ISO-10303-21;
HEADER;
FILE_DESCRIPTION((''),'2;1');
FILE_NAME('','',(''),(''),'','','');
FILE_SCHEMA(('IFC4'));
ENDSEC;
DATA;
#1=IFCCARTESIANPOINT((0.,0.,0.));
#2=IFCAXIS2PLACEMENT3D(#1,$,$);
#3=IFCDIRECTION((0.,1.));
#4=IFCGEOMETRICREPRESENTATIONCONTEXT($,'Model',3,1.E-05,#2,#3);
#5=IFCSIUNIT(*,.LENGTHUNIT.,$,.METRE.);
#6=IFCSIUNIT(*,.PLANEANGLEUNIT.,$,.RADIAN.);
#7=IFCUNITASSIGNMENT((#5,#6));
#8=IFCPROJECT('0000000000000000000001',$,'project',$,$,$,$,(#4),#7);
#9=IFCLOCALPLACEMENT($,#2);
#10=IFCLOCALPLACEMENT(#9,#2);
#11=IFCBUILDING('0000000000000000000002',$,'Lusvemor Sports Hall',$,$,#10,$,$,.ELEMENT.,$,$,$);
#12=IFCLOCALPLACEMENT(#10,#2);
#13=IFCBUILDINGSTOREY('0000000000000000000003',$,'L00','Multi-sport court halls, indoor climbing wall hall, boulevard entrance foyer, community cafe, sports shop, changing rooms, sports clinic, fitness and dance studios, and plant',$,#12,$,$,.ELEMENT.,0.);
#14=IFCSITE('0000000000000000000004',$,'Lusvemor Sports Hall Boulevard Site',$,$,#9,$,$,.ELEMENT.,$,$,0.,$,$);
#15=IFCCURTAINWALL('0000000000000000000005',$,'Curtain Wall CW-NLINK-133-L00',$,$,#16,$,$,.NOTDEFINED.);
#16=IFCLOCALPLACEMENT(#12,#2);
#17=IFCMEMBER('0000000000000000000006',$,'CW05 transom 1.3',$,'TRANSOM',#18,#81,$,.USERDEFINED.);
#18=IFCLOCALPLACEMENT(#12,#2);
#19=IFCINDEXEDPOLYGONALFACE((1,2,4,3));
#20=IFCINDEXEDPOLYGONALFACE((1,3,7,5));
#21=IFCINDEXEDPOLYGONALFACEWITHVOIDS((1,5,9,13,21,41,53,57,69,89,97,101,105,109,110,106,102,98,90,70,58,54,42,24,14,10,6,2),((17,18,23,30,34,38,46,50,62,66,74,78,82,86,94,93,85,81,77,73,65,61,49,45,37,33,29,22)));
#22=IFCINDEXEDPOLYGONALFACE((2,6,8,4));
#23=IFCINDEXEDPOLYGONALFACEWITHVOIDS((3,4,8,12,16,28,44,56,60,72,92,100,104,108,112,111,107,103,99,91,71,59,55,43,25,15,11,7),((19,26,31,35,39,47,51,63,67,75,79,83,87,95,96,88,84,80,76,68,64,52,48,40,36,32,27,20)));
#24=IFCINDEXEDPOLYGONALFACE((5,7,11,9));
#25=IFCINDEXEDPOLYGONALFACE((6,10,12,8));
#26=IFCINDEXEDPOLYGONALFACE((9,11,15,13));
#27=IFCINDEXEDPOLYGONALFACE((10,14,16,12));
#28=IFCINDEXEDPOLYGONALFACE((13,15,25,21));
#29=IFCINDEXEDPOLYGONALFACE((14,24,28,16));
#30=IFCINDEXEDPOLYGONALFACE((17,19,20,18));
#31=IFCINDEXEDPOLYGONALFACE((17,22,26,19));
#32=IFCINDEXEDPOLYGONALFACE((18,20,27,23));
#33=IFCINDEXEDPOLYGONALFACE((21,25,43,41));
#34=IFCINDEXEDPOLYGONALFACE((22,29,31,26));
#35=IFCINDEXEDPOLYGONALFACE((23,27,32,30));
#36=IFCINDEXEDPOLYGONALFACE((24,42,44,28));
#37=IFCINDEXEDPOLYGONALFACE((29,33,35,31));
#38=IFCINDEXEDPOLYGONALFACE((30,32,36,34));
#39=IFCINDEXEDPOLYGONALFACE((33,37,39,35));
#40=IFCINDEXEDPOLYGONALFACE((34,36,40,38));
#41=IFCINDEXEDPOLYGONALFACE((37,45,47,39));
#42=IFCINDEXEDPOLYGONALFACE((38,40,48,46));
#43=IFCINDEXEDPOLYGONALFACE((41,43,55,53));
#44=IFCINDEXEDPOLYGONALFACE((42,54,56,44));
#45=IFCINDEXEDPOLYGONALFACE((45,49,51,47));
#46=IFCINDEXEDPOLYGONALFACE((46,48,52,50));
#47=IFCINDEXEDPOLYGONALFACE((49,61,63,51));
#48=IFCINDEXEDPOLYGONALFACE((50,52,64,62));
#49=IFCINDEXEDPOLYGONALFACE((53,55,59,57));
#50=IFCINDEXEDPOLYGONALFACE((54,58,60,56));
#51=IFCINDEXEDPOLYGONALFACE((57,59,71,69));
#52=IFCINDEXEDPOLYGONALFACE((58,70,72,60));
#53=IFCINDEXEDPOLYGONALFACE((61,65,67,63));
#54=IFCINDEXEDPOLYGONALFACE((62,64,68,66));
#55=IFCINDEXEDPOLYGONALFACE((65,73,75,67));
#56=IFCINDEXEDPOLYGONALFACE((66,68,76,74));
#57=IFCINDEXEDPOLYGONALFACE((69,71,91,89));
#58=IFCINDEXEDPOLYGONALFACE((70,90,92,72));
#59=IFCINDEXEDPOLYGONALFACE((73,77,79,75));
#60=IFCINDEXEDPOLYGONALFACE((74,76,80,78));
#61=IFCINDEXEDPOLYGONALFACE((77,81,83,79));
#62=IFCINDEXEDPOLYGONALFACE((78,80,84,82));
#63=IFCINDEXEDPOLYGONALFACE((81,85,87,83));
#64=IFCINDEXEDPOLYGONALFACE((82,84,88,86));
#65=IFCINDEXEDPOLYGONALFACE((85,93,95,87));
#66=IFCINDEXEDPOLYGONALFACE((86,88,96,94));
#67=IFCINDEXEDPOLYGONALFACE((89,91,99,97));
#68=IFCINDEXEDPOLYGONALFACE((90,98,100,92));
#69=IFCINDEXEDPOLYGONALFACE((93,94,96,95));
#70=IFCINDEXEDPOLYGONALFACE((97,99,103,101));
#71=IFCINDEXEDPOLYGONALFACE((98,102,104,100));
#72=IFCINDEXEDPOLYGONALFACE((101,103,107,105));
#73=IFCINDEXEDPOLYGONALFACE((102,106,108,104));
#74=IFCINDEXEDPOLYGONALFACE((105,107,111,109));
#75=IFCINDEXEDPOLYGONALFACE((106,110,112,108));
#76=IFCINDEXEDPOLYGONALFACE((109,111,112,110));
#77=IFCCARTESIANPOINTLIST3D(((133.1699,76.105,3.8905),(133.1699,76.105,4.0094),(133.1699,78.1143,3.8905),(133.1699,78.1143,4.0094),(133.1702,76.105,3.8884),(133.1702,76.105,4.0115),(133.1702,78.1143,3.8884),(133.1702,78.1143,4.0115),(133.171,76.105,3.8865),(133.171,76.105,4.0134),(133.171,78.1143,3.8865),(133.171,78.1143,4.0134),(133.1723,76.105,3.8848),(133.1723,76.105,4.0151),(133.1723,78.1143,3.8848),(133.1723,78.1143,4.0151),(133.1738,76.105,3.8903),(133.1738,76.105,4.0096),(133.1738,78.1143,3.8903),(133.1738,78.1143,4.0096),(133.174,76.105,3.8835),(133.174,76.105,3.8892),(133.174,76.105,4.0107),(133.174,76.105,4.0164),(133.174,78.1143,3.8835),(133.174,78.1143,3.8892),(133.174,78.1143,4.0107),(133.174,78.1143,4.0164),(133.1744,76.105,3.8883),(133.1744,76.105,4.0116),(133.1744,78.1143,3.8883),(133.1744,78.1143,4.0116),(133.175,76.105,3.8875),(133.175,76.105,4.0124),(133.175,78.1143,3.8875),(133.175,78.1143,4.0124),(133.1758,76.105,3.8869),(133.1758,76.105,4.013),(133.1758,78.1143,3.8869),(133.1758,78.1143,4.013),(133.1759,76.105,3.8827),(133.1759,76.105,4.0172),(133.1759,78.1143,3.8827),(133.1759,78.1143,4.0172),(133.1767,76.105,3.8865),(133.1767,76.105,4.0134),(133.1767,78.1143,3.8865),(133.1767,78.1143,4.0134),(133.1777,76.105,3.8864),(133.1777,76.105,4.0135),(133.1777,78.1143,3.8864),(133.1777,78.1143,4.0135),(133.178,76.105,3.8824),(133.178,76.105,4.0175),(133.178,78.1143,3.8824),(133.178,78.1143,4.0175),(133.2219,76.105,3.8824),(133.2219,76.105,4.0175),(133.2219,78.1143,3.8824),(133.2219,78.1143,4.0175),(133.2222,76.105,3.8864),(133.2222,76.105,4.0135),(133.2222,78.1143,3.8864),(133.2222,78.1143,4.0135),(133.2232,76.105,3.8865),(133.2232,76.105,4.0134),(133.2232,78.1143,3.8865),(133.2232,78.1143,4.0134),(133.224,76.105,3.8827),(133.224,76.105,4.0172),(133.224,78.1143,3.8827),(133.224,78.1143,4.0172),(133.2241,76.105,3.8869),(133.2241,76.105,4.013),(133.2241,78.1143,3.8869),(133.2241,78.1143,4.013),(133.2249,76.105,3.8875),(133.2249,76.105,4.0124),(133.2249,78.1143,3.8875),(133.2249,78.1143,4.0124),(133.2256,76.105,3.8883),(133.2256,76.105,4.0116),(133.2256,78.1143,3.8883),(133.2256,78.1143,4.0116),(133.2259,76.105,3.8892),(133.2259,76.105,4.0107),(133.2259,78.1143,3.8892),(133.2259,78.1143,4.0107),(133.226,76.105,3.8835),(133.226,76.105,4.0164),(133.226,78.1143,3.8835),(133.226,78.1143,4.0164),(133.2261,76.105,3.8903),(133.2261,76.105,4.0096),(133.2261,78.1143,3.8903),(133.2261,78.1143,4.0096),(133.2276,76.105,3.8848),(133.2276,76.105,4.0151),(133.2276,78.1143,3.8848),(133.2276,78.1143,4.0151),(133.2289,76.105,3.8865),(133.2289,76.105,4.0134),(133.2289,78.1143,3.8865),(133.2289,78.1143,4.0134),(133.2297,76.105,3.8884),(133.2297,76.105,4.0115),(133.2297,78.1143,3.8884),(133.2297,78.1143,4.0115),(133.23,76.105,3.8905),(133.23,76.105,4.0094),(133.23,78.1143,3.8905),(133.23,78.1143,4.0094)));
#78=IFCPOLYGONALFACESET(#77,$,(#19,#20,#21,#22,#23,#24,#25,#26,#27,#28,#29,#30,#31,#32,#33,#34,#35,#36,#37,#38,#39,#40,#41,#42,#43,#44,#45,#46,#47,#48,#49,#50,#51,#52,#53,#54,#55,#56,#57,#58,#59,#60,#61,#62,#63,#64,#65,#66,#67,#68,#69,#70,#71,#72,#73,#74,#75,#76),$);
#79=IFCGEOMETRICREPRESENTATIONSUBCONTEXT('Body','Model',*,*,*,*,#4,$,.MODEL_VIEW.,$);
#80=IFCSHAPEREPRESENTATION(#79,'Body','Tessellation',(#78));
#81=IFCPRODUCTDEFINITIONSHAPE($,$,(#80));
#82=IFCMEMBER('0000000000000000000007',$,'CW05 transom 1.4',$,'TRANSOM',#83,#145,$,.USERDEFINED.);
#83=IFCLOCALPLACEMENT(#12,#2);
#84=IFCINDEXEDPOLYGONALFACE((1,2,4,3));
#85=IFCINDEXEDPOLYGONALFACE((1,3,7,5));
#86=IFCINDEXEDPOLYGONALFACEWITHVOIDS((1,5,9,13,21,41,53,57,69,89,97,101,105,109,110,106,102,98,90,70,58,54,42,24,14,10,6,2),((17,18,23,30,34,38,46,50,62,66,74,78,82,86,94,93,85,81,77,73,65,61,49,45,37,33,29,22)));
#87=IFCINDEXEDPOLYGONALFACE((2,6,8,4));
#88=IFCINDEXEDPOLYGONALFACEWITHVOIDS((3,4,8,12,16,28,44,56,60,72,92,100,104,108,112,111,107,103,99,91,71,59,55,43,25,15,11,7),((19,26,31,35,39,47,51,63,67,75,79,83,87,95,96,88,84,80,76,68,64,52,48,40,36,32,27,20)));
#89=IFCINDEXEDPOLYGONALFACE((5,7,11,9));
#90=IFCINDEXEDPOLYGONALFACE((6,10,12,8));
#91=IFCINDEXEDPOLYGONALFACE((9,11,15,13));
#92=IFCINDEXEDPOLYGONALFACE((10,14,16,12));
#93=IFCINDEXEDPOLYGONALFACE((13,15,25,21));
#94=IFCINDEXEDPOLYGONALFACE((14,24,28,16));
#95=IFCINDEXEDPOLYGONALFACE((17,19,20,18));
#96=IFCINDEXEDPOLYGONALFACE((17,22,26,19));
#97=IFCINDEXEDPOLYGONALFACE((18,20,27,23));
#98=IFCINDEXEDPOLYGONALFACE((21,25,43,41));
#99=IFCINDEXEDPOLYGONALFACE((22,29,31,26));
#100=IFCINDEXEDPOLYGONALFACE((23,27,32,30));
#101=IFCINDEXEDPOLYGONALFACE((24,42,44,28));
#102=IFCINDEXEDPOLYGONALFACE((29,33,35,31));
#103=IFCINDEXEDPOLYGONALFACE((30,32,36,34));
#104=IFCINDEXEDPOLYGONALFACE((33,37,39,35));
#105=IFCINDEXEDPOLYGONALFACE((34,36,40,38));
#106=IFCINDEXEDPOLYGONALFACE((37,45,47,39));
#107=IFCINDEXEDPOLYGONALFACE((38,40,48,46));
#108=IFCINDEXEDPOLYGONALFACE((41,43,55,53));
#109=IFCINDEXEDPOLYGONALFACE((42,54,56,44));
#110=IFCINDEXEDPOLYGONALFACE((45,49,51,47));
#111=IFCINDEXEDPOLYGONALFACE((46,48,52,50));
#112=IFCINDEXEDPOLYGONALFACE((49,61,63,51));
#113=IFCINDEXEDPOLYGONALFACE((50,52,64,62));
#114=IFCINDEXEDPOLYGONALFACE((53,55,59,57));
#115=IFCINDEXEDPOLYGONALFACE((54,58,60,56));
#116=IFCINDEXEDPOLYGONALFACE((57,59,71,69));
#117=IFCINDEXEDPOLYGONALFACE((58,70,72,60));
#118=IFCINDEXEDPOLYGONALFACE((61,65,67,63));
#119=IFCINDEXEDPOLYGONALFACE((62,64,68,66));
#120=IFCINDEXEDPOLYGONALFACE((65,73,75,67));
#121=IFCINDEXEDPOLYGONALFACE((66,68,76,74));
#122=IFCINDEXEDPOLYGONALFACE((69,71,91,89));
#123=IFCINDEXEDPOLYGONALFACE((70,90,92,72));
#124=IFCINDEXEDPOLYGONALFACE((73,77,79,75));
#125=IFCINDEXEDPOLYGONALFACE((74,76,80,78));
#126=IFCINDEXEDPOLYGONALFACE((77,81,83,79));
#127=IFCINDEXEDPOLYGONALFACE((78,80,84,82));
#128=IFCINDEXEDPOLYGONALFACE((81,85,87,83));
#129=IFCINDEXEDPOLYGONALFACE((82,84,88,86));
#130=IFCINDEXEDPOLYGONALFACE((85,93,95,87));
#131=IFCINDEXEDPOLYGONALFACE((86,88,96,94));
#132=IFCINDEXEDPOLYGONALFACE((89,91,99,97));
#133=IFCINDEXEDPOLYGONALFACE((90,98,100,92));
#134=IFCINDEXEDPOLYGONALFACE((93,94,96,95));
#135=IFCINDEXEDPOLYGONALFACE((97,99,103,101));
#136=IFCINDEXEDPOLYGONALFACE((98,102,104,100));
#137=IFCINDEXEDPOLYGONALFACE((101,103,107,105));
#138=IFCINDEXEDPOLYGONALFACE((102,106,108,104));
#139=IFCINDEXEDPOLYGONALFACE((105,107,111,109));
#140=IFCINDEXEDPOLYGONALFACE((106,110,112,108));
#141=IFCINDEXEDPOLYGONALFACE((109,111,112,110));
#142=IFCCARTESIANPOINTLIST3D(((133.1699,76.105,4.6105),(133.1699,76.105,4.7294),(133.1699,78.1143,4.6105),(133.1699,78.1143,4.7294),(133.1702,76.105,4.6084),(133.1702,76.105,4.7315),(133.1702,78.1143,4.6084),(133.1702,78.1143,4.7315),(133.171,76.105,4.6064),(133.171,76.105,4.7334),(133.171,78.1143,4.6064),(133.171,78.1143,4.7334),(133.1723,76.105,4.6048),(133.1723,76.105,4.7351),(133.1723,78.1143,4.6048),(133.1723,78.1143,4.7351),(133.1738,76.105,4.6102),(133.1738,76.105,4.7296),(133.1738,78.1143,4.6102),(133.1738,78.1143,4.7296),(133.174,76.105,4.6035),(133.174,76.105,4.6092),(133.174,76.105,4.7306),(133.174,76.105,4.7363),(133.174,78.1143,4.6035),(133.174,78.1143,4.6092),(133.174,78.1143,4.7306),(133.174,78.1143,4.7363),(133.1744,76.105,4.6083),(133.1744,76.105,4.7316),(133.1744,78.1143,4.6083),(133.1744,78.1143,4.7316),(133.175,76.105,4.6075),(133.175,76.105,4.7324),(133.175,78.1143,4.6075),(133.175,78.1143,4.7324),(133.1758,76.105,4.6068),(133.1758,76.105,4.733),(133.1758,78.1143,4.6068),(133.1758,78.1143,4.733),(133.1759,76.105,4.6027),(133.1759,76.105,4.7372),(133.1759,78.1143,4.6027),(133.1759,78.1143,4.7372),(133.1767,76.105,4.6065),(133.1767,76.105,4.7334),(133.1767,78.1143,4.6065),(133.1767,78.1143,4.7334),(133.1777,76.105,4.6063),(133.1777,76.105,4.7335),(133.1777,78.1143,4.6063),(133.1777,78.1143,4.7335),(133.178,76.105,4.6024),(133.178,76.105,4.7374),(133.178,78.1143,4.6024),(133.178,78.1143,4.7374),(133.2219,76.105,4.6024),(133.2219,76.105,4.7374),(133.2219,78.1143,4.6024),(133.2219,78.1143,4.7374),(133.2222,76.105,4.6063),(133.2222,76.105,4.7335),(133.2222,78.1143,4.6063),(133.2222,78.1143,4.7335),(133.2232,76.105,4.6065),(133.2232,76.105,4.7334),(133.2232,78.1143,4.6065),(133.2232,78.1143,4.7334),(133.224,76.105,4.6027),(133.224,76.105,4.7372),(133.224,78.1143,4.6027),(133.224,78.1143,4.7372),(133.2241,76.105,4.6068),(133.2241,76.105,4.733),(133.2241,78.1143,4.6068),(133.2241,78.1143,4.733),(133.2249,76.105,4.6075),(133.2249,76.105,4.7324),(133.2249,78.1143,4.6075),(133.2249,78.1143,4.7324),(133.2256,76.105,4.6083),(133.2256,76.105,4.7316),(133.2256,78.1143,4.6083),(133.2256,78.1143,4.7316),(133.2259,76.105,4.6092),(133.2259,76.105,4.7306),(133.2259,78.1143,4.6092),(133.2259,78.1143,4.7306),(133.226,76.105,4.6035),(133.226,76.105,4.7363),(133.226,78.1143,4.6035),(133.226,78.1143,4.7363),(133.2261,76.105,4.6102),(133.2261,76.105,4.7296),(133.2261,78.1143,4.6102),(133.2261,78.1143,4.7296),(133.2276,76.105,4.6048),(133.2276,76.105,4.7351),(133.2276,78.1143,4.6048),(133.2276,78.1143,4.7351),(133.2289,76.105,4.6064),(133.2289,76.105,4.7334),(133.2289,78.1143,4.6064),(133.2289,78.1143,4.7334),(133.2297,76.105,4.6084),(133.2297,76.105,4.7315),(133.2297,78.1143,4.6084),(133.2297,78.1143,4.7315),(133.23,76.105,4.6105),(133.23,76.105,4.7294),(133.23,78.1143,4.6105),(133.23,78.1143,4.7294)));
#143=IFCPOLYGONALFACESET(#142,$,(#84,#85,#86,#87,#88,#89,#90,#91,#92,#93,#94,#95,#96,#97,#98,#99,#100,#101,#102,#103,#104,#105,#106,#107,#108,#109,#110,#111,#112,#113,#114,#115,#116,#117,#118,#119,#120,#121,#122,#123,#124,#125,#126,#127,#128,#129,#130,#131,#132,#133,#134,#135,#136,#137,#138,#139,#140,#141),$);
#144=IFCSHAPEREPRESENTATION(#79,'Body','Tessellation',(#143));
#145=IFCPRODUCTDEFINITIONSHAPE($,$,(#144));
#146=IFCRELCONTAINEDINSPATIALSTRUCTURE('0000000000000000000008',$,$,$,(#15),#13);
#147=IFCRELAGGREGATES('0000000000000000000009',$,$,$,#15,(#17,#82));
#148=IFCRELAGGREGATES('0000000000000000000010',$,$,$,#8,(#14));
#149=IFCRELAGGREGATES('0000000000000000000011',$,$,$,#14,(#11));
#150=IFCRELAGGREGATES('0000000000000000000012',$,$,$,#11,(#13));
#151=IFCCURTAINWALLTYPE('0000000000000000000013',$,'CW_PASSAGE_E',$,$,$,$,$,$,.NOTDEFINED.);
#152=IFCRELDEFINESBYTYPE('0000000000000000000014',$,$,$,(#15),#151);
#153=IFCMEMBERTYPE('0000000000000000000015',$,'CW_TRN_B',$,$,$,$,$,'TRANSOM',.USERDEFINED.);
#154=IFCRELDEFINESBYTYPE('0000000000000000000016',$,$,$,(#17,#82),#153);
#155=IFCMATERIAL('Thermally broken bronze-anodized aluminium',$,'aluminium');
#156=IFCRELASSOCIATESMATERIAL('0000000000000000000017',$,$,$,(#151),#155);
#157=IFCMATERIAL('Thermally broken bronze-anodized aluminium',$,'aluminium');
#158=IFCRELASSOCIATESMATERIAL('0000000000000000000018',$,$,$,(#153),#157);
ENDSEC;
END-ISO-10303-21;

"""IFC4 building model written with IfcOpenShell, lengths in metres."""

from ifc_helpers import new_model, si_unit, direction, frame, origin, origin_2d, place, context, subcontext, project, spatial, hollow_rectangle, extrude, material, material_profile, profile_set, type_object, element, aggregate, save


model = new_model("IFC4")

# Units and contexts
model_context = context("Model", 3, precision=1e-05, world=origin(), true_north=direction((0.0, 1.0)))
body_context = subcontext(model_context, "Body", "Model", "MODEL_VIEW")
ifc_project = project(units=[si_unit("LENGTHUNIT", "METRE"), si_unit("PLANEANGLEUNIT", "RADIAN")], contexts=[model_context])

# Site, building, storey
site_placement = place(None, origin())
site = spatial("IfcSite", under=ifc_project, at=site_placement, Name="Lusvemor Sports Hall Boulevard Site", CompositionType="ELEMENT", RefElevation=0.0)
building_placement = place(site_placement, origin())
building = spatial("IfcBuilding", under=site, at=building_placement, Name="Lusvemor Sports Hall", CompositionType="ELEMENT")
storey_placement = place(building_placement, origin())
storey = spatial("IfcBuildingStorey", under=building, at=storey_placement, Name="L00", Description="Multi-sport court halls, indoor climbing wall hall, boulevard entrance foyer, community cafe, sports shop, changing rooms, sports clinic, fitness and dance studios, and plant", CompositionType="ELEMENT", Elevation=0.0)

# Curtain wall, members
ifc_material_1 = material(Name="Thermally broken bronze-anodized aluminium", Category="aluminium")
curtain_wall_type_1 = type_object("IfcCurtainWallType", Name="CW_PASSAGE_E", PredefinedType="NOTDEFINED", material=ifc_material_1)
curtain_wall_1_placement = place(storey_placement, origin())
curtain_wall_1 = element("IfcCurtainWall", 1, at=curtain_wall_1_placement, inside=storey, type_object=curtain_wall_type_1, Name="Curtain Wall CW-NLINK-133-L00", PredefinedType="NOTDEFINED")
ifc_material_2 = material(Name="Thermally broken bronze-anodized aluminium", Category="aluminium")
ifc_material_profile_1 = material_profile(ifc_material_2, hollow_rectangle(XDim=0.0601, YDim=0.135, WallThickness=0.0039, InnerFilletRadius=0.0039, OuterFilletRadius=0.0081, at=origin_2d()), Name="CWTRN135x60x4")
ifc_profile_set_1 = profile_set([ifc_material_profile_1], Name="Thermally broken bronze-anodized aluminium")
member_type_1 = type_object("IfcMemberType", Name="CW_TRN_B", ElementType="TRANSOM", PredefinedType="USERDEFINED", material=ifc_profile_set_1)
member_1_placement = place(storey_placement, frame((133.2, 76.105, 3.95), z_axis=(0.0, 1.0, 0.0), x_axis=(-1.0, 0.0, 0.0)))
member_1 = element("IfcMember", 2, at=member_1_placement, type_object=member_type_1, Name="CW05 transom 1.3", ObjectType="TRANSOM", PredefinedType="USERDEFINED", context=body_context, shape_type="SweptSolid", body=[
    extrude(hollow_rectangle(XDim=0.0601, YDim=0.135, WallThickness=0.0039, InnerFilletRadius=0.0039, OuterFilletRadius=0.0081, at=origin_2d()), origin(), (0.0, 0.0, 1.0), 2.0093),
])
member_2_placement = place(storey_placement, frame((133.2, 76.105, 4.6699), z_axis=(0.0, 1.0, 0.0), x_axis=(-1.0, 0.0, 0.0)))
member_2 = element("IfcMember", 3, at=member_2_placement, type_object=member_type_1, Name="CW05 transom 1.4", ObjectType="TRANSOM", PredefinedType="USERDEFINED", context=body_context, shape_type="SweptSolid", body=[
    extrude(hollow_rectangle(XDim=0.0601, YDim=0.135, WallThickness=0.0039, InnerFilletRadius=0.0039, OuterFilletRadius=0.0081, at=origin_2d()), origin(), (0.0, 0.0, 1.0), 2.0093),
])

aggregate(curtain_wall_1, [member_1, member_2])

save(model, "model.ifc")
